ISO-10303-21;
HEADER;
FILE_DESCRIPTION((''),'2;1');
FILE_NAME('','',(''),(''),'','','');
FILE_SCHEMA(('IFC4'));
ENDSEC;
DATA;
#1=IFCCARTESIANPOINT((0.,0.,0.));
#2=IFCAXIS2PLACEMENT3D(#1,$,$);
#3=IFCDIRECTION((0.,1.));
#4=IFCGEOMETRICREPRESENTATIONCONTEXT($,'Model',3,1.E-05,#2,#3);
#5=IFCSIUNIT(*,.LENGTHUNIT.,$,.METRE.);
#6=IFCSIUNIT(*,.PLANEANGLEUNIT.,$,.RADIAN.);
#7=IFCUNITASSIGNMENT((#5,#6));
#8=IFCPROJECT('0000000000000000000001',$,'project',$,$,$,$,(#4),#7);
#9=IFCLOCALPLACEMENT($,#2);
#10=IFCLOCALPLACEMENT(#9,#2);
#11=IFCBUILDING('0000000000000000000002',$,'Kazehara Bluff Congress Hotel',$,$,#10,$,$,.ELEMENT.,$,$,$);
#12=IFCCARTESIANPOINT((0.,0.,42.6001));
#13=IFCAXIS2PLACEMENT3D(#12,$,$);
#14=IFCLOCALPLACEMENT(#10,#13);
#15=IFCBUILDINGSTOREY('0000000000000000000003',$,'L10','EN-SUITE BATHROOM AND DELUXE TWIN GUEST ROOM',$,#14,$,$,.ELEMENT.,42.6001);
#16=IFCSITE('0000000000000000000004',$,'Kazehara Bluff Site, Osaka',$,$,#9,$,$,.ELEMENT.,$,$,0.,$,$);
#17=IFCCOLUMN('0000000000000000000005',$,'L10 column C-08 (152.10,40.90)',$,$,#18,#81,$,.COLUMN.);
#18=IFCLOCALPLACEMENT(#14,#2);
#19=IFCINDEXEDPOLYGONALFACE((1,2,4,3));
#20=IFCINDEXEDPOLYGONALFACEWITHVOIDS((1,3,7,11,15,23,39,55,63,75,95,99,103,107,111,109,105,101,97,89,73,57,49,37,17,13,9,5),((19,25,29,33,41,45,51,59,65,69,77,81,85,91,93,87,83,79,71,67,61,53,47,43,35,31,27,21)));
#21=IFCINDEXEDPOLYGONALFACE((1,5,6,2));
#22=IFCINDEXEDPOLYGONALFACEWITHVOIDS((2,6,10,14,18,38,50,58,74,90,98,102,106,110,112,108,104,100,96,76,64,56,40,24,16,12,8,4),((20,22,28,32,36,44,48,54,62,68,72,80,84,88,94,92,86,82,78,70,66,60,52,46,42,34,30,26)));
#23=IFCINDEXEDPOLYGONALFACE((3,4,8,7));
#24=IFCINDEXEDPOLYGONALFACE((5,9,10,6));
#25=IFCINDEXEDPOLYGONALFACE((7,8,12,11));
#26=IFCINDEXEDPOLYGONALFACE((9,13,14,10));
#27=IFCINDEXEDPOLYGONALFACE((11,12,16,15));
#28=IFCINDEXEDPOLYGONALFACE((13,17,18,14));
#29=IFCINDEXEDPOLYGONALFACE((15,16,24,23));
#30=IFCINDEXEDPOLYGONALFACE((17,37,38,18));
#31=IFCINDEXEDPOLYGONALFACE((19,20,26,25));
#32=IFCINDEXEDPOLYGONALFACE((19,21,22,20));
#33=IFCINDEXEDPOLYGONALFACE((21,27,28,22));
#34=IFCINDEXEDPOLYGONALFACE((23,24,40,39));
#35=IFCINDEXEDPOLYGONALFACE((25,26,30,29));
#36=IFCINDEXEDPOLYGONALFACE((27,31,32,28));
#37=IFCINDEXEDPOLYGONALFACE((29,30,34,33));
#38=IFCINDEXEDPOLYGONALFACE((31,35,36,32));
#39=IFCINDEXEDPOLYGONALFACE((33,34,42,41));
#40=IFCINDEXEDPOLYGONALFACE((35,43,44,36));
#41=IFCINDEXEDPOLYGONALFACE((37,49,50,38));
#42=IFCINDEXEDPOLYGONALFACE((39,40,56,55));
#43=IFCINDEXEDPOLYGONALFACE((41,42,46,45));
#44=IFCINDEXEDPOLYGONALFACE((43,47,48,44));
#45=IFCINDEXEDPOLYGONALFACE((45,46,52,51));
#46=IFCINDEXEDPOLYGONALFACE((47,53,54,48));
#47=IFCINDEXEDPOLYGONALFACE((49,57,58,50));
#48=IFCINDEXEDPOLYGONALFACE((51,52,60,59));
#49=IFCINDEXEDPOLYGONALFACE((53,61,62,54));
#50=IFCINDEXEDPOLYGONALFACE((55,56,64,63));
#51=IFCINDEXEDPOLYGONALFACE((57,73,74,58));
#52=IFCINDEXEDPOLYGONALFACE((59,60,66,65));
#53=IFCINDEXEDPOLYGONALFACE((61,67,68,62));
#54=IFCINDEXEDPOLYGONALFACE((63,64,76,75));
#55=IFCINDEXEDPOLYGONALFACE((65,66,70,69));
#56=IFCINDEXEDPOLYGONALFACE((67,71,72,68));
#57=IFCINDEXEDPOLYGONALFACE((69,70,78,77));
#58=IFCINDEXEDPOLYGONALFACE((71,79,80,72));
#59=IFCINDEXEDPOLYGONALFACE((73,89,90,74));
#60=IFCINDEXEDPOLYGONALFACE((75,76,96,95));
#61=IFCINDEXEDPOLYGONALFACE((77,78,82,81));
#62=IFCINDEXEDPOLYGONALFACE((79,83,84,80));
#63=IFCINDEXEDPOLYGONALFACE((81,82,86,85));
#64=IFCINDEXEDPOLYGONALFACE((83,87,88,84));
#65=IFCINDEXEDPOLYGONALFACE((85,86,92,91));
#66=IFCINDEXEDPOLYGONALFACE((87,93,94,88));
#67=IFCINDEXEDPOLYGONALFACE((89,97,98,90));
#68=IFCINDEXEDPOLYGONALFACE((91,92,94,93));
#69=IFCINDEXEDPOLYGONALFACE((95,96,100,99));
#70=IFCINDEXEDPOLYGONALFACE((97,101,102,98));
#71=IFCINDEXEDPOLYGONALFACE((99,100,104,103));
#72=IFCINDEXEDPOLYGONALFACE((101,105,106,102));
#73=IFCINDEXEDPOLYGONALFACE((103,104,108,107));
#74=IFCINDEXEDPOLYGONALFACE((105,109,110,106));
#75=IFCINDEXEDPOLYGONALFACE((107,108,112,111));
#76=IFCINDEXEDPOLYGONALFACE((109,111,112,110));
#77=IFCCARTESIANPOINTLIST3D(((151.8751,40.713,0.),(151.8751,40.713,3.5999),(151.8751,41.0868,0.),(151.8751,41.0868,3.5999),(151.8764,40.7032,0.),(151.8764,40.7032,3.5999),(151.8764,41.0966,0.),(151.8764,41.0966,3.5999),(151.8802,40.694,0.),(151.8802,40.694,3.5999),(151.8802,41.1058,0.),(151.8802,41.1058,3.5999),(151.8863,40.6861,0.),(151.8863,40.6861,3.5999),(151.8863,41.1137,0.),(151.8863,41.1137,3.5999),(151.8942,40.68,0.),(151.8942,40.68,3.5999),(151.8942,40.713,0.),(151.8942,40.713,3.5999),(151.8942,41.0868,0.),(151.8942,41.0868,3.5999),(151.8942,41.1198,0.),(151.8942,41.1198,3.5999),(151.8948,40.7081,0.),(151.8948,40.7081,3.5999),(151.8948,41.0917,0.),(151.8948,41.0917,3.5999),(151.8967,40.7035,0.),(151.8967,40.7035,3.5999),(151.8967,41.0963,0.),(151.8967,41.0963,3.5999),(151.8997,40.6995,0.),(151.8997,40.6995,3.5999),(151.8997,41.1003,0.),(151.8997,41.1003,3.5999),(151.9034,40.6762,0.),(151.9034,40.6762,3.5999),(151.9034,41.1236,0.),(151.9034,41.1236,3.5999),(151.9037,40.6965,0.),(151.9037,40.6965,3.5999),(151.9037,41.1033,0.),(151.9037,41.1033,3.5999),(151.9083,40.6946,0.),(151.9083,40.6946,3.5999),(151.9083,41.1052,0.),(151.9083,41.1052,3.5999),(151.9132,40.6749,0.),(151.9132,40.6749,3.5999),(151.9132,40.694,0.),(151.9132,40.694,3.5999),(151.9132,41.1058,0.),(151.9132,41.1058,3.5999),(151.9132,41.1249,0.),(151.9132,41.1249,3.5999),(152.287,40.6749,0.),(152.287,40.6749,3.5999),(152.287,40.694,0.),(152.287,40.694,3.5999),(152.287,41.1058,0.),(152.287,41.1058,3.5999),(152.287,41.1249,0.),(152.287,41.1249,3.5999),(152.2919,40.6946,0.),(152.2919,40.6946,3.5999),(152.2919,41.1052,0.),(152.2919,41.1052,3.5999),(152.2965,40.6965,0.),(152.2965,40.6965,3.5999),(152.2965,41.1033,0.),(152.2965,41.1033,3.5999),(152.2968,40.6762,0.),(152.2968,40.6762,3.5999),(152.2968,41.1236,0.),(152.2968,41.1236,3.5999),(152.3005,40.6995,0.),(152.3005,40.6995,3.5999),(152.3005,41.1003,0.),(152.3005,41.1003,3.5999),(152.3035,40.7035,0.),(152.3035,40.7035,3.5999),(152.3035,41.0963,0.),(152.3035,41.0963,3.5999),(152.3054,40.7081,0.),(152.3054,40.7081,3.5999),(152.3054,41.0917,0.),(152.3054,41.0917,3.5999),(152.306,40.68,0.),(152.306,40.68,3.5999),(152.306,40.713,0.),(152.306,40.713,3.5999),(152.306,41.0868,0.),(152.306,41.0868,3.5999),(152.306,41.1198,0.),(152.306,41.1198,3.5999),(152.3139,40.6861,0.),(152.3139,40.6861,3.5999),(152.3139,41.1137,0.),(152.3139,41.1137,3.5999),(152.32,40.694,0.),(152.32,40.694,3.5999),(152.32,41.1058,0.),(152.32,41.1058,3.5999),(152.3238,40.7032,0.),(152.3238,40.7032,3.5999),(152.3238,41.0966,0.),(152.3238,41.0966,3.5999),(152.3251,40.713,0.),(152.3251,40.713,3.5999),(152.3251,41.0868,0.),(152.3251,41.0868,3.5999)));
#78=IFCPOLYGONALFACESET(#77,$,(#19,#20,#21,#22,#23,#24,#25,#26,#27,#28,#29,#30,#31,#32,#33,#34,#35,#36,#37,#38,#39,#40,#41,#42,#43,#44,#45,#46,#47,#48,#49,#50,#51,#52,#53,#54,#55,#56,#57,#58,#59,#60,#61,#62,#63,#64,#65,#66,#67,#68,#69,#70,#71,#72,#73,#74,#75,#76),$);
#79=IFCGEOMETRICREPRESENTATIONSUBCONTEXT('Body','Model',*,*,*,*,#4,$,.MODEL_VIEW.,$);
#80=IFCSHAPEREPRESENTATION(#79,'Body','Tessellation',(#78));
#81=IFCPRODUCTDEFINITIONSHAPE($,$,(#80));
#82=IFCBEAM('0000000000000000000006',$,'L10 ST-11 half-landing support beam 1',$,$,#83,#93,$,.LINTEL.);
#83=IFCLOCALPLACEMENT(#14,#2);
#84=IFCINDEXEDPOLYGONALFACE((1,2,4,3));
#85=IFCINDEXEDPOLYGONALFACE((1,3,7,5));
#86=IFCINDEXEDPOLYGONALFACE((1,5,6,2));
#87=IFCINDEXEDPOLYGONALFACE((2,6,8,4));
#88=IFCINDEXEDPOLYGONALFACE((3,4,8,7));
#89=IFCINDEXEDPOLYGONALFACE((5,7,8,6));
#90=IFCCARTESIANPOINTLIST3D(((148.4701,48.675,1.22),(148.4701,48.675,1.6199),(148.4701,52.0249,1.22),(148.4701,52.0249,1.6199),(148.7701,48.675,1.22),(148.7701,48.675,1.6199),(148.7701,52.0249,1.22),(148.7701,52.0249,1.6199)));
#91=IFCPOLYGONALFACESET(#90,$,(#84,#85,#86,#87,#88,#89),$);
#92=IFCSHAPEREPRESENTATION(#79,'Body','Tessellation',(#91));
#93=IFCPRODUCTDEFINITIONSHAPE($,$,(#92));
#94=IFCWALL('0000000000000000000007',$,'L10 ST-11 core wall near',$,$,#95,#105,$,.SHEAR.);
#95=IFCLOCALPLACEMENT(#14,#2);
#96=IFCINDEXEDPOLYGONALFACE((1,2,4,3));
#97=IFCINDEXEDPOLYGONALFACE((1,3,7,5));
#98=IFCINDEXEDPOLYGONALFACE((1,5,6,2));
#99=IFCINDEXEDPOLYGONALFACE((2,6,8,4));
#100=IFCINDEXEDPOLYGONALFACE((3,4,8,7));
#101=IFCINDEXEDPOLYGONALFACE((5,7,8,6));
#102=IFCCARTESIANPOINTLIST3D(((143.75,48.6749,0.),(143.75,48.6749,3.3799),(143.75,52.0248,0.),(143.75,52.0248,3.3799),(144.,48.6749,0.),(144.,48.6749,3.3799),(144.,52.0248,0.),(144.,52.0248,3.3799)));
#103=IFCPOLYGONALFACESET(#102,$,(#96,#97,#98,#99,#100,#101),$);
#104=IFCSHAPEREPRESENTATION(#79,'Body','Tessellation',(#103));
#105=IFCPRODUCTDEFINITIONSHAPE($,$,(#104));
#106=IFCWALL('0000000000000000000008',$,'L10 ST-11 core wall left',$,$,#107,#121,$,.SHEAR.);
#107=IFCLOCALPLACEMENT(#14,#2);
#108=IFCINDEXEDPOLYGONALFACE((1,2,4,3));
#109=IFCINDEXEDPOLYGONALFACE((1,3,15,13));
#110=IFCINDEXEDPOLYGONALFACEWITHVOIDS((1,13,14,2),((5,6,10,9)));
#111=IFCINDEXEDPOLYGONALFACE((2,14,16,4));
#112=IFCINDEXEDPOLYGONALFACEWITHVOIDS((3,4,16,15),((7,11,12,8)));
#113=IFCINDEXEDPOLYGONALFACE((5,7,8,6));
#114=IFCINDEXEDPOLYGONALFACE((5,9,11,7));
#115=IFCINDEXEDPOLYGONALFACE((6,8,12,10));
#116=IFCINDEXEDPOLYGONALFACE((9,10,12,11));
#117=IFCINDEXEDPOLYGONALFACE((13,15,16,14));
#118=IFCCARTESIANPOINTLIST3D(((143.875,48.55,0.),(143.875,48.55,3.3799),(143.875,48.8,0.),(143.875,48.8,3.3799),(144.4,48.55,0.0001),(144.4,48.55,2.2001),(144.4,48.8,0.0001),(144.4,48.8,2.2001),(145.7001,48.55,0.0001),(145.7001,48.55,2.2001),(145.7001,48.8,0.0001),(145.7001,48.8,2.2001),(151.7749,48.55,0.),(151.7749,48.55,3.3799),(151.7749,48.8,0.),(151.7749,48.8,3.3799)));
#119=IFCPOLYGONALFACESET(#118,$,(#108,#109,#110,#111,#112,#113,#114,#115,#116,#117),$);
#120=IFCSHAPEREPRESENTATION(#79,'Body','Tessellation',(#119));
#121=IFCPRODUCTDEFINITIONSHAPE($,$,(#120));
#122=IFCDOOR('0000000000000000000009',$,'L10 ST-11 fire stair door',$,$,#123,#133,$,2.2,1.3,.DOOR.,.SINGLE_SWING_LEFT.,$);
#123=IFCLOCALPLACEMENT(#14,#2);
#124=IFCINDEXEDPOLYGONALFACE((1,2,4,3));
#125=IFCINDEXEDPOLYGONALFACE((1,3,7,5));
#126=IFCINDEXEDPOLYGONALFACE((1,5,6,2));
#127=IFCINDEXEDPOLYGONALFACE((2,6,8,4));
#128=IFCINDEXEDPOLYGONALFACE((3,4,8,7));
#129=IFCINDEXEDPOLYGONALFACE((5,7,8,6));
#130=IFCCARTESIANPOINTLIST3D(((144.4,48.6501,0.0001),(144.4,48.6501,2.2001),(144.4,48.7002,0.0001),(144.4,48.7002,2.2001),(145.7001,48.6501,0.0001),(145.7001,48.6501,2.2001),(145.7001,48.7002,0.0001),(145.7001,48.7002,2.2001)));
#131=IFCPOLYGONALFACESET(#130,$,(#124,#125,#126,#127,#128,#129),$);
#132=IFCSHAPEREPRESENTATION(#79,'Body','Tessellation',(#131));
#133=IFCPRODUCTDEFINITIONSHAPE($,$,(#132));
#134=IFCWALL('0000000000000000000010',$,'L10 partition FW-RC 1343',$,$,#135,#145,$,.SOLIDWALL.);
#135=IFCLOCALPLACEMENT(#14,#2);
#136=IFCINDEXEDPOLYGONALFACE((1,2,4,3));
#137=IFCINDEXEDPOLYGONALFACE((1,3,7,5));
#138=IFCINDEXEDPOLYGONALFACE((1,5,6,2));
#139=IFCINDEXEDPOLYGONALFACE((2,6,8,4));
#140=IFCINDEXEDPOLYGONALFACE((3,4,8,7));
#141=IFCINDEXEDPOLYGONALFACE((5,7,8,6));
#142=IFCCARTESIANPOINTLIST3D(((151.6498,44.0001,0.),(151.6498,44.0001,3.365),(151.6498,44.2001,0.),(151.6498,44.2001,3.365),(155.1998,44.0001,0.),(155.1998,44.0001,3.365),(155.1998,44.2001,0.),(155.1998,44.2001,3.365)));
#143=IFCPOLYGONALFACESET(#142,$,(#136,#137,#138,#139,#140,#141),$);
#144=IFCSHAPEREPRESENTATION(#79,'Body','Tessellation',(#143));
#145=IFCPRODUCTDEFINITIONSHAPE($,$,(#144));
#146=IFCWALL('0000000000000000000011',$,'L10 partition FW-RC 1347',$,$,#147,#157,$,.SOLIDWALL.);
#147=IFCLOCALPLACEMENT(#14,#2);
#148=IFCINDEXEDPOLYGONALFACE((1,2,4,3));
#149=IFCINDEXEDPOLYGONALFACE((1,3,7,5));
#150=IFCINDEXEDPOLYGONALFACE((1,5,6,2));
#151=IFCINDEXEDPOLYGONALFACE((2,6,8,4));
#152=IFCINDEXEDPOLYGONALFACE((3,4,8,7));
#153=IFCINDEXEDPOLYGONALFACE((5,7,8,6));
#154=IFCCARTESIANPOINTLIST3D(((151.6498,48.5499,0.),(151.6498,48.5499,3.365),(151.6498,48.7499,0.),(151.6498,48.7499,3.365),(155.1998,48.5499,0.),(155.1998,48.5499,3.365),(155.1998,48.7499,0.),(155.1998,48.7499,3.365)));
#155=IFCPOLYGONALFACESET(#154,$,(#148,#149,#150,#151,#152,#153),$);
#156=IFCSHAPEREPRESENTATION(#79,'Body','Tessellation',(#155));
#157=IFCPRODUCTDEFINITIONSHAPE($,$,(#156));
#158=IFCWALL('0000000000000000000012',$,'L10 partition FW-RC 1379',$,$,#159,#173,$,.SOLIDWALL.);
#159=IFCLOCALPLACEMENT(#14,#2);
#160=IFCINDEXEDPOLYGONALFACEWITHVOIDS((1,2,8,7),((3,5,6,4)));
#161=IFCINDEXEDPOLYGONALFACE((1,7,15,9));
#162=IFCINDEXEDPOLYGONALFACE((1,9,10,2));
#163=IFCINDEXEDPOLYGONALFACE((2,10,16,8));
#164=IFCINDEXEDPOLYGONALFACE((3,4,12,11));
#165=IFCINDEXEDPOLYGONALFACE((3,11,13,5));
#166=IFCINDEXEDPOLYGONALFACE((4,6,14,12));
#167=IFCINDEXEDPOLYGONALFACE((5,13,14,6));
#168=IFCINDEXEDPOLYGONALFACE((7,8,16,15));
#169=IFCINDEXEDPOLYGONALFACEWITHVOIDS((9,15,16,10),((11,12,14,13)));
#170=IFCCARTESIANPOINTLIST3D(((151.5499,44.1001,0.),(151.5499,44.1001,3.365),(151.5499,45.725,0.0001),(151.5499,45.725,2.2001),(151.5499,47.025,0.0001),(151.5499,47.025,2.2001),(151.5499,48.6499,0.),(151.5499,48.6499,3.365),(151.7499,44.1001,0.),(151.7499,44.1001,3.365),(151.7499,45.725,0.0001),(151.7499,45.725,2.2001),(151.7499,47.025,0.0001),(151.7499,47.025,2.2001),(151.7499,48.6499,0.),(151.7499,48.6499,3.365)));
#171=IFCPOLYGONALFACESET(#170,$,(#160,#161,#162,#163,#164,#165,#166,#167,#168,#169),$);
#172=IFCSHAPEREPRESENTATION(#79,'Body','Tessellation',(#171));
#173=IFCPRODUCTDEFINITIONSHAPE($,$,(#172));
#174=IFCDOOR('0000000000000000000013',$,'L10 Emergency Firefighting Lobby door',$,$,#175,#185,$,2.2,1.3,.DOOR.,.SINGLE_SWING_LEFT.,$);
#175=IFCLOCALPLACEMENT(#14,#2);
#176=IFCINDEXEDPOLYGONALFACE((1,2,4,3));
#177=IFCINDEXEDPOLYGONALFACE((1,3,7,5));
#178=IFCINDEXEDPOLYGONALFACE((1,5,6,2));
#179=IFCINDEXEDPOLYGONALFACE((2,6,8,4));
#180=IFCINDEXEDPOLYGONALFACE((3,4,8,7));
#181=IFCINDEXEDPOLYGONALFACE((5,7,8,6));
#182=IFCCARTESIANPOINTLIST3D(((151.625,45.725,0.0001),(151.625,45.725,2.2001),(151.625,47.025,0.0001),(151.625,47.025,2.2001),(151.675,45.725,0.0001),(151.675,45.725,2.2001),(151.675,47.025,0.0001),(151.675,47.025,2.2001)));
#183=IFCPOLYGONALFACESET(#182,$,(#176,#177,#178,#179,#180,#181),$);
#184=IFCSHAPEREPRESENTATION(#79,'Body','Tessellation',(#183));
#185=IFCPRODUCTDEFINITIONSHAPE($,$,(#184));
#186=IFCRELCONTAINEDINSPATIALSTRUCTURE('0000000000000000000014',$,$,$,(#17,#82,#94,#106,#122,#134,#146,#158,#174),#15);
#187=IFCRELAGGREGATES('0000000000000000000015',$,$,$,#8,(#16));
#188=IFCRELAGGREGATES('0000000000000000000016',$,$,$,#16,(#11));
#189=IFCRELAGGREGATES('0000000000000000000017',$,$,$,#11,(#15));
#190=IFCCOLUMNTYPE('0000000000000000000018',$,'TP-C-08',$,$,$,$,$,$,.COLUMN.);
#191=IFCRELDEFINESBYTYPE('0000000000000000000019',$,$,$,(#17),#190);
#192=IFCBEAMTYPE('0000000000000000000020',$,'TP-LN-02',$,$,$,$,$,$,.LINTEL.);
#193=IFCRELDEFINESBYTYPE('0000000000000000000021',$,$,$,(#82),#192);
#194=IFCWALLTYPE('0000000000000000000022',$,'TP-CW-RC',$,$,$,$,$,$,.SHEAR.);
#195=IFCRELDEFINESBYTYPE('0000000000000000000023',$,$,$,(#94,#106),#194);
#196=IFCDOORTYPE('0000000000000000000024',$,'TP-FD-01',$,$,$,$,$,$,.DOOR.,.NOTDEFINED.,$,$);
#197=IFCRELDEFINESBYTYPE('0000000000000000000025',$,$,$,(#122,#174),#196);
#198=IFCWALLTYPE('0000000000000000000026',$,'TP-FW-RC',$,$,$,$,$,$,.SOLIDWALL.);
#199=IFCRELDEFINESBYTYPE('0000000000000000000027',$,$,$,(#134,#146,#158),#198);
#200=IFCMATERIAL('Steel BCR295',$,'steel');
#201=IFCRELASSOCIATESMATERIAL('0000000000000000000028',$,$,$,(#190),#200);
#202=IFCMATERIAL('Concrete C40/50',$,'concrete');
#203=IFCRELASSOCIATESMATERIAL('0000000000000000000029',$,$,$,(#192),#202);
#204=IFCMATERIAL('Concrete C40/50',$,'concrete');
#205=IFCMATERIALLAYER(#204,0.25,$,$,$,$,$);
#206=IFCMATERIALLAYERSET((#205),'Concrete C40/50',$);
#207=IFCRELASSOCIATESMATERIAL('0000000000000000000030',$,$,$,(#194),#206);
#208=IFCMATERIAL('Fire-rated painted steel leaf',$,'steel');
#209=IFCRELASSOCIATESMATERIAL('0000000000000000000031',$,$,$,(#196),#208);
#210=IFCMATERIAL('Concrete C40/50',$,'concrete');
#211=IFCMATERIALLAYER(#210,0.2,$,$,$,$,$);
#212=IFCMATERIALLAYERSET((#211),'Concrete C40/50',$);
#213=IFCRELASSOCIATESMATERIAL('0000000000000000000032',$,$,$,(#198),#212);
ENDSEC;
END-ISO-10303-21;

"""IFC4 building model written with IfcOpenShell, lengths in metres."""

from ifc_helpers import new_model, si_unit, direction, frame, frame_2d, origin, origin_2d, place, context, subcontext, project, spatial, rectangle, hollow_rectangle, extrude, material, layer, layer_set, material_profile, profile_set, type_object, element, fill, save


model = new_model("IFC4")

# Units and contexts
model_context = context("Model", 3, precision=1e-05, world=origin(), true_north=direction((0.0, 1.0)))
body_context = subcontext(model_context, "Body", "Model", "MODEL_VIEW")
ifc_project = project(units=[si_unit("LENGTHUNIT", "METRE"), si_unit("PLANEANGLEUNIT", "RADIAN")], contexts=[model_context])

# Site, building, storey
site_placement = place(None, origin())
site = spatial("IfcSite", under=ifc_project, at=site_placement, Name="Kazehara Bluff Site, Osaka", CompositionType="ELEMENT", RefElevation=0.0)
building_placement = place(site_placement, origin())
building = spatial("IfcBuilding", under=site, at=building_placement, Name="Kazehara Bluff Congress Hotel", CompositionType="ELEMENT")
storey_placement = place(building_placement, frame((0.0, 0.0, 42.6001)))
storey = spatial("IfcBuildingStorey", under=building, at=storey_placement, Name="L10", Description="EN-SUITE BATHROOM AND DELUXE TWIN GUEST ROOM", CompositionType="ELEMENT", Elevation=42.6001)

# Column
ifc_material_1 = material(Name="Steel BCR295", Category="steel")
ifc_material_profile_1 = material_profile(ifc_material_1, hollow_rectangle(XDim=0.45, YDim=0.45, WallThickness=0.019, InnerFilletRadius=0.019, OuterFilletRadius=0.0381, at=origin_2d()))
ifc_profile_set_1 = profile_set([ifc_material_profile_1], Name="Steel BCR295")
column_type = type_object("IfcColumnType", Name="TP-C-08", PredefinedType="COLUMN", material=ifc_profile_set_1)
column_placement = place(storey_placement, frame((152.1001, 40.8999, 0.0), z_axis=(0.0, 0.0, 1.0), x_axis=(1.0, 0.0, 0.0)))
element("IfcColumn", 1, at=column_placement, inside=storey, type_object=column_type, Name="L10 column C-08 (152.10,40.90)", PredefinedType="COLUMN", context=body_context, shape_type="SweptSolid", body=[
    extrude(hollow_rectangle(XDim=0.45, YDim=0.45, WallThickness=0.019, InnerFilletRadius=0.019, OuterFilletRadius=0.0381, at=origin_2d()), origin(), (0.0, 0.0, 1.0), 3.5999),
])

# Beam
ifc_material_2 = material(Name="Concrete C40/50", Category="concrete")
ifc_material_profile_2 = material_profile(ifc_material_2, rectangle(XDim=0.3, YDim=0.3999, at=origin_2d()))
ifc_profile_set_2 = profile_set([ifc_material_profile_2], Name="Concrete C40/50")
beam_type = type_object("IfcBeamType", Name="TP-LN-02", PredefinedType="LINTEL", material=ifc_profile_set_2)
beam_placement = place(storey_placement, frame((148.6201, 48.675, 1.4199), z_axis=(0.0, 1.0, 0.0), x_axis=(-1.0, 0.0, 0.0)))
element("IfcBeam", 2, at=beam_placement, inside=storey, type_object=beam_type, Name="L10 ST-11 half-landing support beam 1", PredefinedType="LINTEL", context=body_context, shape_type="SweptSolid", body=[
    extrude(rectangle(XDim=0.3, YDim=0.3999, at=origin_2d()), origin(), (0.0, 0.0, 1.0), 3.3499),
])

# Wall
ifc_material_3 = material(Name="Concrete C40/50", Category="concrete")
ifc_layer_1 = layer(ifc_material_3, 0.25)
ifc_layer_set_1 = layer_set([ifc_layer_1], Name="Concrete C40/50")
wall_type_1 = type_object("IfcWallType", Name="TP-CW-RC", PredefinedType="SHEAR", material=ifc_layer_set_1)
wall_1_placement = place(storey_placement, frame((143.875, 48.675, 0.0), z_axis=(0.0, 0.0, 1.0), x_axis=(0.0, 1.0, 0.0)))
element("IfcWall", 3, at=wall_1_placement, inside=storey, type_object=wall_type_1, Name="L10 ST-11 core wall near", PredefinedType="SHEAR", context=body_context, shape_type="SweptSolid", body=[
    extrude(rectangle(XDim=3.3499, YDim=0.25, at=frame_2d((1.6748, 0.0))), origin(), (0.0, 0.0, 1.0), 3.3799),
])

# Wall, opening, door
wall_2_placement = place(storey_placement, frame((151.7749, 48.675, 0.0), z_axis=(0.0, 0.0, 1.0), x_axis=(-1.0, 0.0, 0.0)))
wall_2 = element("IfcWall", 4, at=wall_2_placement, inside=storey, type_object=wall_type_1, Name="L10 ST-11 core wall left", PredefinedType="SHEAR", context=body_context, shape_type="SweptSolid", body=[
    extrude(rectangle(XDim=7.8999, YDim=0.25, at=frame_2d((3.95, 0.0))), origin(), (0.0, 0.0, 1.0), 3.3799),
])
opening_1_placement = place(wall_2_placement, frame((6.075, 0.0, 0.0)))
opening_1 = element("IfcOpeningElement", 5, at=opening_1_placement, cuts=wall_2, PredefinedType="OPENING", context=body_context, shape_type="SweptSolid", body=[
    extrude(rectangle(XDim=1.3, YDim=2.2, at=frame_2d((0.6499, 1.1001))), frame((0.0, 0.135, 0.0), z_axis=(0.0, -1.0, 0.0), x_axis=(1.0, 0.0, 0.0)), (0.0, 0.0, 1.0), 0.27),
])
ifc_material_4 = material(Name="Fire-rated painted steel leaf", Category="steel")
door_type_1 = type_object("IfcDoorType", Name="TP-FD-01", OperationType="NOTDEFINED", PredefinedType="DOOR", material=ifc_material_4)
door_1_placement = place(opening_1_placement, origin())
door_1 = element("IfcDoor", 6, at=door_1_placement, inside=storey, type_object=door_type_1, Name="L10 ST-11 fire stair door", OperationType="SINGLE_SWING_LEFT", OverallHeight=2.2, OverallWidth=1.3, PredefinedType="DOOR", context=body_context, shape_type="SweptSolid", body=[
    extrude(rectangle(XDim=1.3, YDim=2.2, at=frame_2d((0.6499, 1.1001))), frame((0.0, 0.0249, 0.0), z_axis=(0.0, -1.0, 0.0), x_axis=(1.0, 0.0, 0.0)), (0.0, 0.0, 1.0), 0.05),
])
fill(opening_1, door_1)

# Walls
ifc_material_5 = material(Name="Concrete C40/50", Category="concrete")
ifc_layer_2 = layer(ifc_material_5, 0.2)
ifc_layer_set_2 = layer_set([ifc_layer_2], Name="Concrete C40/50")
wall_type_2 = type_object("IfcWallType", Name="TP-FW-RC", PredefinedType="SOLIDWALL", material=ifc_layer_set_2)
for number, where, z_axis, x_axis, name in (
    (7, (151.6499, 44.1001, 0.0), (0.0, 0.0, 1.0), (1.0, 0.0, 0.0), "L10 partition FW-RC 1343"),
    (8, (151.6499, 48.6499, 0.0), (0.0, 0.0, 1.0), (1.0, 0.0, 0.0), "L10 partition FW-RC 1347"),
):
    element("IfcWall", number, at=place(storey_placement, frame(where, z_axis=z_axis, x_axis=x_axis)), inside=storey, type_object=wall_type_2, Name=name, PredefinedType="SOLIDWALL", context=body_context, shape_type="SweptSolid", body=[
        extrude(rectangle(XDim=3.55, YDim=0.2, at=frame_2d((1.7749, 0.0))), origin(), (0.0, 0.0, 1.0), 3.365),
    ])

# Wall, opening, door
wall_3_placement = place(storey_placement, frame((151.6499, 44.1001, 0.0), z_axis=(0.0, 0.0, 1.0), x_axis=(0.0, 1.0, 0.0)))
wall_3 = element("IfcWall", 9, at=wall_3_placement, inside=storey, type_object=wall_type_2, Name="L10 partition FW-RC 1379", PredefinedType="SOLIDWALL", context=body_context, shape_type="SweptSolid", body=[
    extrude(rectangle(XDim=4.5498, YDim=0.2, at=frame_2d((2.2749, 0.0))), origin(), (0.0, 0.0, 1.0), 3.365),
])
opening_2_placement = place(wall_3_placement, frame((1.625, 0.0, 0.0)))
opening_2 = element("IfcOpeningElement", 10, at=opening_2_placement, cuts=wall_3, PredefinedType="OPENING", context=body_context, shape_type="SweptSolid", body=[
    extrude(rectangle(XDim=1.3, YDim=2.2, at=frame_2d((0.6499, 1.1001))), frame((0.0, 0.1099, 0.0), z_axis=(0.0, -1.0, 0.0), x_axis=(1.0, 0.0, 0.0)), (0.0, 0.0, 1.0), 0.22),
])
door_2_placement = place(opening_2_placement, origin())
door_2 = element("IfcDoor", 11, at=door_2_placement, inside=storey, type_object=door_type_1, Name="L10 Emergency Firefighting Lobby door", OperationType="SINGLE_SWING_LEFT", OverallHeight=2.2, OverallWidth=1.3, PredefinedType="DOOR", context=body_context, shape_type="SweptSolid", body=[
    extrude(rectangle(XDim=1.3, YDim=2.2, at=frame_2d((0.6499, 1.1001))), frame((0.0, 0.0249, 0.0), z_axis=(0.0, -1.0, 0.0), x_axis=(1.0, 0.0, 0.0)), (0.0, 0.0, 1.0), 0.05),
])
fill(opening_2, door_2)

save(model, "model.ifc")
